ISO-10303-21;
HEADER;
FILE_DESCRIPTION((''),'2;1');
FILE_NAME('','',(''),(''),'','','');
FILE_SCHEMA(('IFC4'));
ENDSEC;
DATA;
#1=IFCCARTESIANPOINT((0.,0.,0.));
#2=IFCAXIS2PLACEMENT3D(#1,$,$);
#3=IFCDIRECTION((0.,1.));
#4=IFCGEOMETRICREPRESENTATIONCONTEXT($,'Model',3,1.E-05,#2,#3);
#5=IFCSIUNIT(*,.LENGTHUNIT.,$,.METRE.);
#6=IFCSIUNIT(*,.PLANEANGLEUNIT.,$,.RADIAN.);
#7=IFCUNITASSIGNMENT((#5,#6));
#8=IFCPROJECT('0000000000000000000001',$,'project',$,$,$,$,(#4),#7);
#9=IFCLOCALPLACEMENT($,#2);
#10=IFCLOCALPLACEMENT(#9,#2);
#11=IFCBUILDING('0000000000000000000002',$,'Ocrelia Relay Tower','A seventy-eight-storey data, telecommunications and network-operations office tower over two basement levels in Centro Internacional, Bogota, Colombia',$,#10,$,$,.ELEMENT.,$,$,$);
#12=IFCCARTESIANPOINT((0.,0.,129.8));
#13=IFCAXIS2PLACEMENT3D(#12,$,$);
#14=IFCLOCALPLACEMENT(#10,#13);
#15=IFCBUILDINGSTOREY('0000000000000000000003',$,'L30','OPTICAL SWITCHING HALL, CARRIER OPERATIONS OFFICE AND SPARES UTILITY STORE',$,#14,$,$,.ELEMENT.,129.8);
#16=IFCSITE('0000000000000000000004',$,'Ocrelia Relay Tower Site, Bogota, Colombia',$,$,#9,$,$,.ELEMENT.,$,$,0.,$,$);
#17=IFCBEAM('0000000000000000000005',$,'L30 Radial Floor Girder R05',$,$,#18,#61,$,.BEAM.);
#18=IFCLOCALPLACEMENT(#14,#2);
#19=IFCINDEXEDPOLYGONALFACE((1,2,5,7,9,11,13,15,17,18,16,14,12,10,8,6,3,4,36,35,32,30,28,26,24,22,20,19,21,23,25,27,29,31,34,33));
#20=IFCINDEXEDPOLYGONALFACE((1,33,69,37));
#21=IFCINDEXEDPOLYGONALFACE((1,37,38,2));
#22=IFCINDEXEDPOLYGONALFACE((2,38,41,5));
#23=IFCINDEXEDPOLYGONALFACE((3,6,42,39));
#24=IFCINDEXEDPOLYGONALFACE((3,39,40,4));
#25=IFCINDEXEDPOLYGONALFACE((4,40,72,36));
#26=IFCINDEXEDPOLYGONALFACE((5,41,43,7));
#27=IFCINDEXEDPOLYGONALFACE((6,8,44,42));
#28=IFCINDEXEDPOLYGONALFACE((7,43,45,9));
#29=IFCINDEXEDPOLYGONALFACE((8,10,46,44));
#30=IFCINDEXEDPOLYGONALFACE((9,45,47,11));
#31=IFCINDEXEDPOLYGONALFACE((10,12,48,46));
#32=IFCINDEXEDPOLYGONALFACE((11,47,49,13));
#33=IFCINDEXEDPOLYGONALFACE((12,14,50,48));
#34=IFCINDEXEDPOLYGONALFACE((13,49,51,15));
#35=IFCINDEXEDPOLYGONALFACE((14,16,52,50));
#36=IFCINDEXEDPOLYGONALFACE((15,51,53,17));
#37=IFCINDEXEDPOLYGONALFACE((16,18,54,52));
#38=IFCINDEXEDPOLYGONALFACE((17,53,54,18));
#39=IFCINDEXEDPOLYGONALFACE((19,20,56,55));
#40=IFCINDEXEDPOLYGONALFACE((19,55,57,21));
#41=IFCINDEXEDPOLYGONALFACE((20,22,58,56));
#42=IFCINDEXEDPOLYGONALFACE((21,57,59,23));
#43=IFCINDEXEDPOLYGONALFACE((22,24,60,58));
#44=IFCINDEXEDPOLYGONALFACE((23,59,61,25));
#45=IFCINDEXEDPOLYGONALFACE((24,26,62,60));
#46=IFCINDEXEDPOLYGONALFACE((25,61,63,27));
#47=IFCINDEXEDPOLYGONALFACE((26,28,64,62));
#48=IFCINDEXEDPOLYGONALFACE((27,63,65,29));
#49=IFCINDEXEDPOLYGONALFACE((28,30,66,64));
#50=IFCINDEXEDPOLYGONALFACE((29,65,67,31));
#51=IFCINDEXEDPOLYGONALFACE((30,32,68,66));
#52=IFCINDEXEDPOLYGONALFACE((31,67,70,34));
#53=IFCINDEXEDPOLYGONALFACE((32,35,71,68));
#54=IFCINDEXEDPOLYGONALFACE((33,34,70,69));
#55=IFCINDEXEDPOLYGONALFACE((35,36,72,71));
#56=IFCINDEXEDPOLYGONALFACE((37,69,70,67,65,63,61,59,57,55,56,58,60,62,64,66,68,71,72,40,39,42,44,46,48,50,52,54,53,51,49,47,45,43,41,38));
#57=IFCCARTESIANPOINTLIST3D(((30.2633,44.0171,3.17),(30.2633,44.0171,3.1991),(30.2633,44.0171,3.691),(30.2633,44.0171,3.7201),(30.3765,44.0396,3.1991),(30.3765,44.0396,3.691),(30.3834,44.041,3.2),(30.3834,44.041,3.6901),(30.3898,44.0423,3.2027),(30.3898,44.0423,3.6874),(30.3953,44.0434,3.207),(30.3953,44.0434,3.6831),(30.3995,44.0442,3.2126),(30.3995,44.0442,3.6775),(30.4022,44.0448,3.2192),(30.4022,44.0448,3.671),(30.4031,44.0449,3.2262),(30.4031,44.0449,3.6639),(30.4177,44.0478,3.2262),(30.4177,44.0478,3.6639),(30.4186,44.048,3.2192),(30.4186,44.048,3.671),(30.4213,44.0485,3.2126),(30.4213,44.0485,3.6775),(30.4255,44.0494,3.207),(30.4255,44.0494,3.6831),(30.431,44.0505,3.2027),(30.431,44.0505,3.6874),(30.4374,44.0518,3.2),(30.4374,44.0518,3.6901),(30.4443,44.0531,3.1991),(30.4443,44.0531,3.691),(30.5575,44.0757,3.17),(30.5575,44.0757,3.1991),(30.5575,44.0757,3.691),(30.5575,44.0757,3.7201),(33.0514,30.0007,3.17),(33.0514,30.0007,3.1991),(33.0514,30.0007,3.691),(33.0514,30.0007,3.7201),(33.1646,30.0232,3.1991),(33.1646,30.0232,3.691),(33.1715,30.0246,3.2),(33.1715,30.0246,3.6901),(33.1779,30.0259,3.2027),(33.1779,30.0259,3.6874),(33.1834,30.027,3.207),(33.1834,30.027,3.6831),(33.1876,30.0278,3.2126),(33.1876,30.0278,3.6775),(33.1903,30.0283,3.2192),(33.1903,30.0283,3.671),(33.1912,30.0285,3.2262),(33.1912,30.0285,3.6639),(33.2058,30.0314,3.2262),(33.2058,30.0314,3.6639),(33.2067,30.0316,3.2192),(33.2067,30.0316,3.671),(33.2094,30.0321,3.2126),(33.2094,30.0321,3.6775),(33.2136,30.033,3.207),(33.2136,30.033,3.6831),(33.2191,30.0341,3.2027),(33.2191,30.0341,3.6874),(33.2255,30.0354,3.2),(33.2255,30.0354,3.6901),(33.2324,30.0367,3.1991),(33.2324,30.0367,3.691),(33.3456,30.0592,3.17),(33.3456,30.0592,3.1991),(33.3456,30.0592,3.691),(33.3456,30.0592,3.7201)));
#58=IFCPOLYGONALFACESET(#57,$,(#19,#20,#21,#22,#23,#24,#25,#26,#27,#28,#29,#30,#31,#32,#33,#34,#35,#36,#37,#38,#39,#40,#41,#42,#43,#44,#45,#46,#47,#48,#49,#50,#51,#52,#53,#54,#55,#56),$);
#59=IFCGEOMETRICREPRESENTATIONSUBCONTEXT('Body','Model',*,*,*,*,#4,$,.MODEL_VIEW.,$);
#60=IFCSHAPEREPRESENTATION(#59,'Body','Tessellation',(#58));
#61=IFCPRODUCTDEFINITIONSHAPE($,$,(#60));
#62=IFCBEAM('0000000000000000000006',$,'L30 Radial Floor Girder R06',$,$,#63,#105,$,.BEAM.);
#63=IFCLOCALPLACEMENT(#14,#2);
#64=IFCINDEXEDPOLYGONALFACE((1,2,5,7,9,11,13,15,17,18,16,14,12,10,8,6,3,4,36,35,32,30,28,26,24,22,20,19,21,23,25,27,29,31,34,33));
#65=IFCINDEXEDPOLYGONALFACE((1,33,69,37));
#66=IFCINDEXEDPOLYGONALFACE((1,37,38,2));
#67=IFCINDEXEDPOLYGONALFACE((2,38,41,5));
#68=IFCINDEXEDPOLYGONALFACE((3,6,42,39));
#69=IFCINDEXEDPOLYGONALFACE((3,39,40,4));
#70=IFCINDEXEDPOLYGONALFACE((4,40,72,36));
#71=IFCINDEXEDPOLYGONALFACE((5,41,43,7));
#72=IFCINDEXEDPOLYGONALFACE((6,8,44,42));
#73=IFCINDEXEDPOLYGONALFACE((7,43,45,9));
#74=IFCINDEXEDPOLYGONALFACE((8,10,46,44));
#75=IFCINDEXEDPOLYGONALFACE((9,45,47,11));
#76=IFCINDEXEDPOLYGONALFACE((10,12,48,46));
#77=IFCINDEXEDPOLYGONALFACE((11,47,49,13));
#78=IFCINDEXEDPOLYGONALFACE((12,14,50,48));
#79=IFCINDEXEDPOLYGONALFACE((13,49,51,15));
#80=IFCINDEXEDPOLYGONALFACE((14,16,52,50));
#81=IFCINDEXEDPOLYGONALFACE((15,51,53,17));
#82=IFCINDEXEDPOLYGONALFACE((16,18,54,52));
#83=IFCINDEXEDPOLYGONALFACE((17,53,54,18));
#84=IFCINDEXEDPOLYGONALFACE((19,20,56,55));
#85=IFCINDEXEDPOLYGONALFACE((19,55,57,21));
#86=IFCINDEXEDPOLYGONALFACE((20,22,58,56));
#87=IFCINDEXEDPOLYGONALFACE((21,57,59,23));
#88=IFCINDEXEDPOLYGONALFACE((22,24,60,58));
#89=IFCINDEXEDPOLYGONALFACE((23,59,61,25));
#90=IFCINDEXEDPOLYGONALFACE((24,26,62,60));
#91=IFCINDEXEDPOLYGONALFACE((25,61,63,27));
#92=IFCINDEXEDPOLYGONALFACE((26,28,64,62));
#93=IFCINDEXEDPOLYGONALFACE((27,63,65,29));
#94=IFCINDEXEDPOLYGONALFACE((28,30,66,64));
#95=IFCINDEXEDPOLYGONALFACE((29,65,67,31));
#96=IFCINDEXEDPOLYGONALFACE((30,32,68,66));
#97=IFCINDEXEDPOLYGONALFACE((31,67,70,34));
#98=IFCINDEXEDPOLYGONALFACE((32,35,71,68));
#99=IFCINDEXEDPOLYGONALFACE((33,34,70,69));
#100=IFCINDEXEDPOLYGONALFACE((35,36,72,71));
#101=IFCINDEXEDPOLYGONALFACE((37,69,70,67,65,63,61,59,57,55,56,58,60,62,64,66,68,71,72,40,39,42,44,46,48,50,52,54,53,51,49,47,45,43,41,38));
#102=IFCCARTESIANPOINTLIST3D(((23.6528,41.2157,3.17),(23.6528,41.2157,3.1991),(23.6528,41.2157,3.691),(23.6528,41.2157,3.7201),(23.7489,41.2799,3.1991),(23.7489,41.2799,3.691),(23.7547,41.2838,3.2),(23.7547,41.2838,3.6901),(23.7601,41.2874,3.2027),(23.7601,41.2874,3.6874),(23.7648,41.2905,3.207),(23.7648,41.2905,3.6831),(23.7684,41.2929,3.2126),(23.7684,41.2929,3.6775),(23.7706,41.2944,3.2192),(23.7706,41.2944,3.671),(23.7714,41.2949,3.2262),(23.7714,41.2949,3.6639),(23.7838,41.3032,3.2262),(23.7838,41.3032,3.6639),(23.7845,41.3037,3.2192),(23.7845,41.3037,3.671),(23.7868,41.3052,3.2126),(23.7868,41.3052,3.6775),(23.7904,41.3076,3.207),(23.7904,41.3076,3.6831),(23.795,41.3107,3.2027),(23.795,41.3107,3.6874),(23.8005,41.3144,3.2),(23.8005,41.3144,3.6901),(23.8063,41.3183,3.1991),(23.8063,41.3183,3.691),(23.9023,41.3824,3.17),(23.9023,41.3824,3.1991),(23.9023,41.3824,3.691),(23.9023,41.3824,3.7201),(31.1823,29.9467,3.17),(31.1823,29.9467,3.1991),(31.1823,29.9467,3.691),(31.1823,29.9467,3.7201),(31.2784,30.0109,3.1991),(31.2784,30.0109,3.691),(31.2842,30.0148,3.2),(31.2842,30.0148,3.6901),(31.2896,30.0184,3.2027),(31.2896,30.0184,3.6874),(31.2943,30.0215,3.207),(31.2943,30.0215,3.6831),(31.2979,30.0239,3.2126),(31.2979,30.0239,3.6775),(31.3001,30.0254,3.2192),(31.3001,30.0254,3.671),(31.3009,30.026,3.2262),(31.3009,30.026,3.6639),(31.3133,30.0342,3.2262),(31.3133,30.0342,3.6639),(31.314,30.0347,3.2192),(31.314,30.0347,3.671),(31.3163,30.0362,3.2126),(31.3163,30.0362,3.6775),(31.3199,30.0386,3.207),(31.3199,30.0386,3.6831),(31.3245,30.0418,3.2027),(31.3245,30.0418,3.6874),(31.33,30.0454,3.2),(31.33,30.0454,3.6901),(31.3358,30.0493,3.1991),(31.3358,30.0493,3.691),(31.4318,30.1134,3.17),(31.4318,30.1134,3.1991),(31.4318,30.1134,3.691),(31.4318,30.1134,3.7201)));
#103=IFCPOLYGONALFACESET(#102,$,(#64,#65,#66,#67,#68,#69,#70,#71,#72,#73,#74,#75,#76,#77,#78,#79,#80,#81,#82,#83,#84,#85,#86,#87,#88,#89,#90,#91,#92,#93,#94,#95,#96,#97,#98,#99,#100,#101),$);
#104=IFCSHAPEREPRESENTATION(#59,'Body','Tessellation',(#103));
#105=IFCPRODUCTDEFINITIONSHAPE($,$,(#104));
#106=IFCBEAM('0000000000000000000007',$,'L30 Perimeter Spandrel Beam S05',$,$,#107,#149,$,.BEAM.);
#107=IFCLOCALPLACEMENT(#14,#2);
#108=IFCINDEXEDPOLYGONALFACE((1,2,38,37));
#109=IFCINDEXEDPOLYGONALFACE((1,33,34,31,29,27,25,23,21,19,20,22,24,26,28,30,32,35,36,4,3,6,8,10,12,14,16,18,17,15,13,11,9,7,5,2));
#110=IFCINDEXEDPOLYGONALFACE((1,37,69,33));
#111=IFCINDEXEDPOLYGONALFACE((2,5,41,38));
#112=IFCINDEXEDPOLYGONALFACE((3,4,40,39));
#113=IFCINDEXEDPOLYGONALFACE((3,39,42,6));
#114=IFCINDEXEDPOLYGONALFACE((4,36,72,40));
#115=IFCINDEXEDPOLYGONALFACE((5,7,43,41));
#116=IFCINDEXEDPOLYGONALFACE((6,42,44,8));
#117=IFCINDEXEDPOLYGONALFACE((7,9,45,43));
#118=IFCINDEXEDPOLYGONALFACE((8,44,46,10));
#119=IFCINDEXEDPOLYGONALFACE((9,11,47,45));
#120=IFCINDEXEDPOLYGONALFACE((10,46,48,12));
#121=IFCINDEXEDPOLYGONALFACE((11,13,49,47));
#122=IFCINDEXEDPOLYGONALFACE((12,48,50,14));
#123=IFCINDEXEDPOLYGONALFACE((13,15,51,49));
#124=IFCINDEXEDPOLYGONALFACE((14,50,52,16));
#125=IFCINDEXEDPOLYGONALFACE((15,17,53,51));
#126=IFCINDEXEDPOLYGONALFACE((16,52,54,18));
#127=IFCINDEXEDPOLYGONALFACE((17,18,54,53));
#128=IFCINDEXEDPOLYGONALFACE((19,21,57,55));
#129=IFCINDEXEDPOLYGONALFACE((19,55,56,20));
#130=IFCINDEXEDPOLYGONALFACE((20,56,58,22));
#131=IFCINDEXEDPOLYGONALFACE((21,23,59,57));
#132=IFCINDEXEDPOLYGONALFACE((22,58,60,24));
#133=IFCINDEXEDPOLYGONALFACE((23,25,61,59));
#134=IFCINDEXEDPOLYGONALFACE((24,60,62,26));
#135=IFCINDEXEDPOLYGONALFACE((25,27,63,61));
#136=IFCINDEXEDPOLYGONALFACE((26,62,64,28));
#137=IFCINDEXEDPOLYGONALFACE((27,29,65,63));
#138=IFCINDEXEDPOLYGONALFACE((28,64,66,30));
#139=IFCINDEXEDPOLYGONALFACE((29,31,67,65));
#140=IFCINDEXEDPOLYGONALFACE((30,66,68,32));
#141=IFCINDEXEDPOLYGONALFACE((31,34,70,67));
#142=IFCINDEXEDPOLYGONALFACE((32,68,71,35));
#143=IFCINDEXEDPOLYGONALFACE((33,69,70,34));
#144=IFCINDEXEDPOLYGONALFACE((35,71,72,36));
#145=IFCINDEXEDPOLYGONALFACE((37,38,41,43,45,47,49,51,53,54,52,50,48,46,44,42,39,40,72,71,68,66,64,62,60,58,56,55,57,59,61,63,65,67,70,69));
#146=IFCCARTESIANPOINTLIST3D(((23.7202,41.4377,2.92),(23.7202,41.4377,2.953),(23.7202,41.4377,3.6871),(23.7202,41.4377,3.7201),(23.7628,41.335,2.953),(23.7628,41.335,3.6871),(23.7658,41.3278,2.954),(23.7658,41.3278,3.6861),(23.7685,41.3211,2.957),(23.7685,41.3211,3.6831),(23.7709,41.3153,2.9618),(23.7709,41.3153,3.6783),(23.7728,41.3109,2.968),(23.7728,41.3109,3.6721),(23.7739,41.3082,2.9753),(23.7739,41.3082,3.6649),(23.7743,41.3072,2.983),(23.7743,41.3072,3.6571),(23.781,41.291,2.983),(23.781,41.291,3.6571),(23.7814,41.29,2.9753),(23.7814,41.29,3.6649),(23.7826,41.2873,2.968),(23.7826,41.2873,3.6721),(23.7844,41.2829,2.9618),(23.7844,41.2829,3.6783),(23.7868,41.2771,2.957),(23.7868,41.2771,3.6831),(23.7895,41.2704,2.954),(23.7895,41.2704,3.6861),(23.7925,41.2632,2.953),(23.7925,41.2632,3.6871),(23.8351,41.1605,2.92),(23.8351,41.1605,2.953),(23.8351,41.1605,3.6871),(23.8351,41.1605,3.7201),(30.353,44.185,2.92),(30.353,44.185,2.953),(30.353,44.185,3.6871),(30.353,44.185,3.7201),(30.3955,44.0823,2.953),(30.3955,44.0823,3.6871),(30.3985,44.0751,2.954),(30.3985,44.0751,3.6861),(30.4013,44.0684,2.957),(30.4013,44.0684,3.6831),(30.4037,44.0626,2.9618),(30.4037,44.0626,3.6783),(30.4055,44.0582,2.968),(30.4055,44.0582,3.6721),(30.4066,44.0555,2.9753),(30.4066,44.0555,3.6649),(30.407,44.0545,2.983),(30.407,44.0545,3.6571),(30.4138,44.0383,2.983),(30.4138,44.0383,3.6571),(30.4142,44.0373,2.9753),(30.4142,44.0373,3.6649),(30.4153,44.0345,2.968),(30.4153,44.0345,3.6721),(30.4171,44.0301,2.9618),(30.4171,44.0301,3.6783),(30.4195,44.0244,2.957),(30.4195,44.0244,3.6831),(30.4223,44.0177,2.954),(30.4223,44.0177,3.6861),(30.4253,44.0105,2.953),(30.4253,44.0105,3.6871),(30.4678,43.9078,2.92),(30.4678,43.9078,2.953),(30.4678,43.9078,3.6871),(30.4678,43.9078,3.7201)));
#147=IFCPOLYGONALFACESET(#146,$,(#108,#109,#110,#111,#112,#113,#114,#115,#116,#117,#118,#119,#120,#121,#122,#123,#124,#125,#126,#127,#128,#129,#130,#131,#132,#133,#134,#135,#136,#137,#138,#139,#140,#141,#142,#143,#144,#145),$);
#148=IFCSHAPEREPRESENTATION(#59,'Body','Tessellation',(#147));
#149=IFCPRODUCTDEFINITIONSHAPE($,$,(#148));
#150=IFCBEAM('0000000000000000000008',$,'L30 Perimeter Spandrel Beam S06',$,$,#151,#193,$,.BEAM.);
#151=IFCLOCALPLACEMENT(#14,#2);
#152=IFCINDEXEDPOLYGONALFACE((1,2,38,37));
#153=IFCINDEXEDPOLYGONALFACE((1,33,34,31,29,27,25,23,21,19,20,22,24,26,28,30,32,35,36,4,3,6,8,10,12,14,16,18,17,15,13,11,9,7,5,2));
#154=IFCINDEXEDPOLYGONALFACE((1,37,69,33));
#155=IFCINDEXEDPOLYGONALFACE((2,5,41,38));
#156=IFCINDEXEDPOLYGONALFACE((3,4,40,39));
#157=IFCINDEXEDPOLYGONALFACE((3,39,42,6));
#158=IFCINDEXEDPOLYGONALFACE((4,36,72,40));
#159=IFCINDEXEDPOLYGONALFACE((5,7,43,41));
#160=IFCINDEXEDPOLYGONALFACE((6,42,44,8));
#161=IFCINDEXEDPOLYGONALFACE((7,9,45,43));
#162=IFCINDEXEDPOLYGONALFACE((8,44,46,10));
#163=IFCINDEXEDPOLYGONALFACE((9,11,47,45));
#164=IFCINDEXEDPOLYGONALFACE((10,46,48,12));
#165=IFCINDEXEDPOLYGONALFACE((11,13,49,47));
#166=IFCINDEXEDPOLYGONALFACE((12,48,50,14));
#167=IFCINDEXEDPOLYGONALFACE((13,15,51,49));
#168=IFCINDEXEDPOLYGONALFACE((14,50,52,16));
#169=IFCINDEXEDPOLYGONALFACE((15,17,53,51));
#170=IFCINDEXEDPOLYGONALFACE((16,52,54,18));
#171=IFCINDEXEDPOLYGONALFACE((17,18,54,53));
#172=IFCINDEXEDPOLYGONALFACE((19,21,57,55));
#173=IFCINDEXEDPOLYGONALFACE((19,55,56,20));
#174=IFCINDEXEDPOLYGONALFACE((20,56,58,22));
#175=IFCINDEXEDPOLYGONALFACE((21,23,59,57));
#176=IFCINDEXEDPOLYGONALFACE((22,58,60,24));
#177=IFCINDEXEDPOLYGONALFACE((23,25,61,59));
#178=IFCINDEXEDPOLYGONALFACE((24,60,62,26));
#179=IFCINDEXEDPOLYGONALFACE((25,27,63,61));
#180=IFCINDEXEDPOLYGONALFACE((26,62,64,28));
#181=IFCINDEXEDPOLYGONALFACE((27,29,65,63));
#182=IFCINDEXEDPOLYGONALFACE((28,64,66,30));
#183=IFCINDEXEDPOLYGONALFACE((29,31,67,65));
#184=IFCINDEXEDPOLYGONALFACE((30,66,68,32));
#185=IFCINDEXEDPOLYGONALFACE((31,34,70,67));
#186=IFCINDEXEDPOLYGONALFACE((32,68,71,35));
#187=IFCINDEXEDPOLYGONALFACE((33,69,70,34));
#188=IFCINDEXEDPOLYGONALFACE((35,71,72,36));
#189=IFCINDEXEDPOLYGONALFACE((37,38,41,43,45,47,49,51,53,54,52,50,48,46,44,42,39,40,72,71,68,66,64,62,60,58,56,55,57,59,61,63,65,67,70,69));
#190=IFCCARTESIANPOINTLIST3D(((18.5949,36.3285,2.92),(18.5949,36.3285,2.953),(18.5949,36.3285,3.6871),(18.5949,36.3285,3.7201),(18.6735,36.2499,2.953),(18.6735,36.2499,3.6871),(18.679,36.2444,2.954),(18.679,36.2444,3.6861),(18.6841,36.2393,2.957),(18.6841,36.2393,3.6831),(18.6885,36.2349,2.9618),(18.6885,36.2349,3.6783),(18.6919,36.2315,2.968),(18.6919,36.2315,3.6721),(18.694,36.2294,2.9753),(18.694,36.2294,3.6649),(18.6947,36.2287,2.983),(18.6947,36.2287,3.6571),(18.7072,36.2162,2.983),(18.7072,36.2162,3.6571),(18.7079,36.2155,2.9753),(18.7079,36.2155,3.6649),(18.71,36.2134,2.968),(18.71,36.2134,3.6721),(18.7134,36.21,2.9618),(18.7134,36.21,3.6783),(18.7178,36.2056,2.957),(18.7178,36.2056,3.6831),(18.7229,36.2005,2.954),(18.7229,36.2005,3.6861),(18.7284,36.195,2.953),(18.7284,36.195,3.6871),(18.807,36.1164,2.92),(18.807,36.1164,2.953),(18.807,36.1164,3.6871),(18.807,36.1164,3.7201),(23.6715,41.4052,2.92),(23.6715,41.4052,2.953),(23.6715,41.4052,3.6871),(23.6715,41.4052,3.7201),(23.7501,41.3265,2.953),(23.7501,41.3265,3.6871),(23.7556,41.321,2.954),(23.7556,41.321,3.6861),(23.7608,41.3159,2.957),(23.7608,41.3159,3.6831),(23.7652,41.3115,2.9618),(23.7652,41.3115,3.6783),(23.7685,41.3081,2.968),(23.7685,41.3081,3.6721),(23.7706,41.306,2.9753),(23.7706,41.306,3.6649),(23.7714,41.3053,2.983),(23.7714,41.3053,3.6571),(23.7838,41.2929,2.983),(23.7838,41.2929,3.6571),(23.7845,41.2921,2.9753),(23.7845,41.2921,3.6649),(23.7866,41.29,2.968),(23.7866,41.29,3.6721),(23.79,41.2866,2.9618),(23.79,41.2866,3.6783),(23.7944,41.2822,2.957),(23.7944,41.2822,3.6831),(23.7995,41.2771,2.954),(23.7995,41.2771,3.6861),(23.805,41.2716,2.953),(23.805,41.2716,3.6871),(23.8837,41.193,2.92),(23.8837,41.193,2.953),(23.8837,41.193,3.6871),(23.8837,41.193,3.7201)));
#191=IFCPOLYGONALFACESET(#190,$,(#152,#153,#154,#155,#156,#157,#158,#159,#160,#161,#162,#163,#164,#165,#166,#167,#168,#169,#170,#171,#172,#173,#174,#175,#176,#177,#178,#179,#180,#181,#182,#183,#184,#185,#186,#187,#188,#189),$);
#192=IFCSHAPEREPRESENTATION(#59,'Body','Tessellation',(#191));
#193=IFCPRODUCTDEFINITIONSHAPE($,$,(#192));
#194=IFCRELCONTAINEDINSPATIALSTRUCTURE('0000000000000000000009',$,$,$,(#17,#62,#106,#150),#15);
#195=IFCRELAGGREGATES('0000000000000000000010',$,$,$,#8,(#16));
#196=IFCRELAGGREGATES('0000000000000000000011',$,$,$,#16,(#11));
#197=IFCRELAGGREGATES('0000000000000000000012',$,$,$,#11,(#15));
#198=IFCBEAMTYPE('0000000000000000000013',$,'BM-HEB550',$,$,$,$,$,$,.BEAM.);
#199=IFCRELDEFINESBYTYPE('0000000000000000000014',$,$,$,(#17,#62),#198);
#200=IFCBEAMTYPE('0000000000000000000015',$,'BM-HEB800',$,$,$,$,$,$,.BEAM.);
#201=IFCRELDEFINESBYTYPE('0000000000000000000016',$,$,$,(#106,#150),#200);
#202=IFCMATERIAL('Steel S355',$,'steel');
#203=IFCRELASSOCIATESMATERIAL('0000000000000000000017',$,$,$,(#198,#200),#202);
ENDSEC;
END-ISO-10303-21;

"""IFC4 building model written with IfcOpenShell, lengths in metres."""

from ifc_helpers import new_model, si_unit, direction, frame, origin, origin_2d, place, context, subcontext, project, spatial, i_section, extrude, material, material_profile, profile_set, type_object, element, save


model = new_model("IFC4")

# Units and contexts
model_context = context("Model", 3, precision=1e-05, world=origin(), true_north=direction((0.0, 1.0)))
body_context = subcontext(model_context, "Body", "Model", "MODEL_VIEW")
ifc_project = project(units=[si_unit("LENGTHUNIT", "METRE"), si_unit("PLANEANGLEUNIT", "RADIAN")], contexts=[model_context])

# Site, building, storey
site_placement = place(None, origin())
site = spatial("IfcSite", under=ifc_project, at=site_placement, Name="Ocrelia Relay Tower Site, Bogota, Colombia", CompositionType="ELEMENT", RefElevation=0.0)
building_placement = place(site_placement, origin())
building = spatial("IfcBuilding", under=site, at=building_placement, Name="Ocrelia Relay Tower", Description="A seventy-eight-storey data, telecommunications and network-operations office tower over two basement levels in Centro Internacional, Bogota, Colombia", CompositionType="ELEMENT")
storey_placement = place(building_placement, frame((0.0, 0.0, 129.8)))
storey = spatial("IfcBuildingStorey", under=building, at=storey_placement, Name="L30", Description="OPTICAL SWITCHING HALL, CARRIER OPERATIONS OFFICE AND SPARES UTILITY STORE", CompositionType="ELEMENT", Elevation=129.8)

# Beams
ifc_material_1 = material(Name="Steel S355", Category="steel")
ifc_material_profile_1 = material_profile(ifc_material_1, i_section(OverallWidth=0.3, OverallDepth=0.55, WebThickness=0.0149, FlangeThickness=0.0291, FilletRadius=0.0271, at=origin_2d()), Name="HEB 550")
ifc_profile_set_1 = profile_set([ifc_material_profile_1], Name="Steel S355")
beam_type_1 = type_object("IfcBeamType", Name="BM-HEB550", PredefinedType="BEAM", material=ifc_profile_set_1)
beam_1_placement = place(storey_placement, frame((30.4104, 44.0464, 3.4451), z_axis=(0.195094, -0.980784, 0.0), x_axis=(0.980784, 0.195094, 0.0)))
element("IfcBeam", 1, at=beam_1_placement, inside=storey, type_object=beam_type_1, Name="L30 Radial Floor Girder R05", PredefinedType="BEAM", context=body_context, shape_type="SweptSolid", body=[
    extrude(i_section(OverallWidth=0.3, OverallDepth=0.55, WebThickness=0.0149, FlangeThickness=0.0291, FilletRadius=0.0271, at=origin_2d()), origin(), (0.0, 0.0, 1.0), 14.291),
])
beam_2_placement = place(storey_placement, frame((23.7776, 41.2991, 3.4451), z_axis=(0.55556, -0.831476, 0.0), x_axis=(0.831476, 0.55556, 0.0)))
element("IfcBeam", 2, at=beam_2_placement, inside=storey, type_object=beam_type_1, Name="L30 Radial Floor Girder R06", PredefinedType="BEAM", context=body_context, shape_type="SweptSolid", body=[
    extrude(i_section(OverallWidth=0.3, OverallDepth=0.55, WebThickness=0.0149, FlangeThickness=0.0291, FilletRadius=0.0271, at=origin_2d()), origin(), (0.0, 0.0, 1.0), 13.553),
])
ifc_material_profile_2 = material_profile(ifc_material_1, i_section(OverallWidth=0.3, OverallDepth=0.8, WebThickness=0.0176, FlangeThickness=0.033, FilletRadius=0.03, at=origin_2d()), Name="HEB 800")
ifc_profile_set_2 = profile_set([ifc_material_profile_2], Name="Steel S355")
beam_type_2 = type_object("IfcBeamType", Name="BM-HEB800", PredefinedType="BEAM", material=ifc_profile_set_2)
beam_3_placement = place(storey_placement, frame((30.4104, 44.0464, 3.3201), z_axis=(-0.923884, -0.382673, 0.0), x_axis=(0.382673, -0.923884, 0.0)))
element("IfcBeam", 3, at=beam_3_placement, inside=storey, type_object=beam_type_2, Name="L30 Perimeter Spandrel Beam S05", PredefinedType="BEAM", context=body_context, shape_type="SweptSolid", body=[
    extrude(i_section(OverallWidth=0.3, OverallDepth=0.8, WebThickness=0.0176, FlangeThickness=0.033, FilletRadius=0.03, at=origin_2d()), origin(), (0.0, 0.0, 1.0), 7.1792),
])
beam_4_placement = place(storey_placement, frame((23.7776, 41.2991, 3.3201), z_axis=(-0.707107, -0.707107, 0.0), x_axis=(0.707107, -0.707107, 0.0)))
element("IfcBeam", 4, at=beam_4_placement, inside=storey, type_object=beam_type_2, Name="L30 Perimeter Spandrel Beam S06", PredefinedType="BEAM", context=body_context, shape_type="SweptSolid", body=[
    extrude(i_section(OverallWidth=0.3, OverallDepth=0.8, WebThickness=0.0176, FlangeThickness=0.033, FilletRadius=0.03, at=origin_2d()), origin(), (0.0, 0.0, 1.0), 7.1794),
])

save(model, "model.ifc")
